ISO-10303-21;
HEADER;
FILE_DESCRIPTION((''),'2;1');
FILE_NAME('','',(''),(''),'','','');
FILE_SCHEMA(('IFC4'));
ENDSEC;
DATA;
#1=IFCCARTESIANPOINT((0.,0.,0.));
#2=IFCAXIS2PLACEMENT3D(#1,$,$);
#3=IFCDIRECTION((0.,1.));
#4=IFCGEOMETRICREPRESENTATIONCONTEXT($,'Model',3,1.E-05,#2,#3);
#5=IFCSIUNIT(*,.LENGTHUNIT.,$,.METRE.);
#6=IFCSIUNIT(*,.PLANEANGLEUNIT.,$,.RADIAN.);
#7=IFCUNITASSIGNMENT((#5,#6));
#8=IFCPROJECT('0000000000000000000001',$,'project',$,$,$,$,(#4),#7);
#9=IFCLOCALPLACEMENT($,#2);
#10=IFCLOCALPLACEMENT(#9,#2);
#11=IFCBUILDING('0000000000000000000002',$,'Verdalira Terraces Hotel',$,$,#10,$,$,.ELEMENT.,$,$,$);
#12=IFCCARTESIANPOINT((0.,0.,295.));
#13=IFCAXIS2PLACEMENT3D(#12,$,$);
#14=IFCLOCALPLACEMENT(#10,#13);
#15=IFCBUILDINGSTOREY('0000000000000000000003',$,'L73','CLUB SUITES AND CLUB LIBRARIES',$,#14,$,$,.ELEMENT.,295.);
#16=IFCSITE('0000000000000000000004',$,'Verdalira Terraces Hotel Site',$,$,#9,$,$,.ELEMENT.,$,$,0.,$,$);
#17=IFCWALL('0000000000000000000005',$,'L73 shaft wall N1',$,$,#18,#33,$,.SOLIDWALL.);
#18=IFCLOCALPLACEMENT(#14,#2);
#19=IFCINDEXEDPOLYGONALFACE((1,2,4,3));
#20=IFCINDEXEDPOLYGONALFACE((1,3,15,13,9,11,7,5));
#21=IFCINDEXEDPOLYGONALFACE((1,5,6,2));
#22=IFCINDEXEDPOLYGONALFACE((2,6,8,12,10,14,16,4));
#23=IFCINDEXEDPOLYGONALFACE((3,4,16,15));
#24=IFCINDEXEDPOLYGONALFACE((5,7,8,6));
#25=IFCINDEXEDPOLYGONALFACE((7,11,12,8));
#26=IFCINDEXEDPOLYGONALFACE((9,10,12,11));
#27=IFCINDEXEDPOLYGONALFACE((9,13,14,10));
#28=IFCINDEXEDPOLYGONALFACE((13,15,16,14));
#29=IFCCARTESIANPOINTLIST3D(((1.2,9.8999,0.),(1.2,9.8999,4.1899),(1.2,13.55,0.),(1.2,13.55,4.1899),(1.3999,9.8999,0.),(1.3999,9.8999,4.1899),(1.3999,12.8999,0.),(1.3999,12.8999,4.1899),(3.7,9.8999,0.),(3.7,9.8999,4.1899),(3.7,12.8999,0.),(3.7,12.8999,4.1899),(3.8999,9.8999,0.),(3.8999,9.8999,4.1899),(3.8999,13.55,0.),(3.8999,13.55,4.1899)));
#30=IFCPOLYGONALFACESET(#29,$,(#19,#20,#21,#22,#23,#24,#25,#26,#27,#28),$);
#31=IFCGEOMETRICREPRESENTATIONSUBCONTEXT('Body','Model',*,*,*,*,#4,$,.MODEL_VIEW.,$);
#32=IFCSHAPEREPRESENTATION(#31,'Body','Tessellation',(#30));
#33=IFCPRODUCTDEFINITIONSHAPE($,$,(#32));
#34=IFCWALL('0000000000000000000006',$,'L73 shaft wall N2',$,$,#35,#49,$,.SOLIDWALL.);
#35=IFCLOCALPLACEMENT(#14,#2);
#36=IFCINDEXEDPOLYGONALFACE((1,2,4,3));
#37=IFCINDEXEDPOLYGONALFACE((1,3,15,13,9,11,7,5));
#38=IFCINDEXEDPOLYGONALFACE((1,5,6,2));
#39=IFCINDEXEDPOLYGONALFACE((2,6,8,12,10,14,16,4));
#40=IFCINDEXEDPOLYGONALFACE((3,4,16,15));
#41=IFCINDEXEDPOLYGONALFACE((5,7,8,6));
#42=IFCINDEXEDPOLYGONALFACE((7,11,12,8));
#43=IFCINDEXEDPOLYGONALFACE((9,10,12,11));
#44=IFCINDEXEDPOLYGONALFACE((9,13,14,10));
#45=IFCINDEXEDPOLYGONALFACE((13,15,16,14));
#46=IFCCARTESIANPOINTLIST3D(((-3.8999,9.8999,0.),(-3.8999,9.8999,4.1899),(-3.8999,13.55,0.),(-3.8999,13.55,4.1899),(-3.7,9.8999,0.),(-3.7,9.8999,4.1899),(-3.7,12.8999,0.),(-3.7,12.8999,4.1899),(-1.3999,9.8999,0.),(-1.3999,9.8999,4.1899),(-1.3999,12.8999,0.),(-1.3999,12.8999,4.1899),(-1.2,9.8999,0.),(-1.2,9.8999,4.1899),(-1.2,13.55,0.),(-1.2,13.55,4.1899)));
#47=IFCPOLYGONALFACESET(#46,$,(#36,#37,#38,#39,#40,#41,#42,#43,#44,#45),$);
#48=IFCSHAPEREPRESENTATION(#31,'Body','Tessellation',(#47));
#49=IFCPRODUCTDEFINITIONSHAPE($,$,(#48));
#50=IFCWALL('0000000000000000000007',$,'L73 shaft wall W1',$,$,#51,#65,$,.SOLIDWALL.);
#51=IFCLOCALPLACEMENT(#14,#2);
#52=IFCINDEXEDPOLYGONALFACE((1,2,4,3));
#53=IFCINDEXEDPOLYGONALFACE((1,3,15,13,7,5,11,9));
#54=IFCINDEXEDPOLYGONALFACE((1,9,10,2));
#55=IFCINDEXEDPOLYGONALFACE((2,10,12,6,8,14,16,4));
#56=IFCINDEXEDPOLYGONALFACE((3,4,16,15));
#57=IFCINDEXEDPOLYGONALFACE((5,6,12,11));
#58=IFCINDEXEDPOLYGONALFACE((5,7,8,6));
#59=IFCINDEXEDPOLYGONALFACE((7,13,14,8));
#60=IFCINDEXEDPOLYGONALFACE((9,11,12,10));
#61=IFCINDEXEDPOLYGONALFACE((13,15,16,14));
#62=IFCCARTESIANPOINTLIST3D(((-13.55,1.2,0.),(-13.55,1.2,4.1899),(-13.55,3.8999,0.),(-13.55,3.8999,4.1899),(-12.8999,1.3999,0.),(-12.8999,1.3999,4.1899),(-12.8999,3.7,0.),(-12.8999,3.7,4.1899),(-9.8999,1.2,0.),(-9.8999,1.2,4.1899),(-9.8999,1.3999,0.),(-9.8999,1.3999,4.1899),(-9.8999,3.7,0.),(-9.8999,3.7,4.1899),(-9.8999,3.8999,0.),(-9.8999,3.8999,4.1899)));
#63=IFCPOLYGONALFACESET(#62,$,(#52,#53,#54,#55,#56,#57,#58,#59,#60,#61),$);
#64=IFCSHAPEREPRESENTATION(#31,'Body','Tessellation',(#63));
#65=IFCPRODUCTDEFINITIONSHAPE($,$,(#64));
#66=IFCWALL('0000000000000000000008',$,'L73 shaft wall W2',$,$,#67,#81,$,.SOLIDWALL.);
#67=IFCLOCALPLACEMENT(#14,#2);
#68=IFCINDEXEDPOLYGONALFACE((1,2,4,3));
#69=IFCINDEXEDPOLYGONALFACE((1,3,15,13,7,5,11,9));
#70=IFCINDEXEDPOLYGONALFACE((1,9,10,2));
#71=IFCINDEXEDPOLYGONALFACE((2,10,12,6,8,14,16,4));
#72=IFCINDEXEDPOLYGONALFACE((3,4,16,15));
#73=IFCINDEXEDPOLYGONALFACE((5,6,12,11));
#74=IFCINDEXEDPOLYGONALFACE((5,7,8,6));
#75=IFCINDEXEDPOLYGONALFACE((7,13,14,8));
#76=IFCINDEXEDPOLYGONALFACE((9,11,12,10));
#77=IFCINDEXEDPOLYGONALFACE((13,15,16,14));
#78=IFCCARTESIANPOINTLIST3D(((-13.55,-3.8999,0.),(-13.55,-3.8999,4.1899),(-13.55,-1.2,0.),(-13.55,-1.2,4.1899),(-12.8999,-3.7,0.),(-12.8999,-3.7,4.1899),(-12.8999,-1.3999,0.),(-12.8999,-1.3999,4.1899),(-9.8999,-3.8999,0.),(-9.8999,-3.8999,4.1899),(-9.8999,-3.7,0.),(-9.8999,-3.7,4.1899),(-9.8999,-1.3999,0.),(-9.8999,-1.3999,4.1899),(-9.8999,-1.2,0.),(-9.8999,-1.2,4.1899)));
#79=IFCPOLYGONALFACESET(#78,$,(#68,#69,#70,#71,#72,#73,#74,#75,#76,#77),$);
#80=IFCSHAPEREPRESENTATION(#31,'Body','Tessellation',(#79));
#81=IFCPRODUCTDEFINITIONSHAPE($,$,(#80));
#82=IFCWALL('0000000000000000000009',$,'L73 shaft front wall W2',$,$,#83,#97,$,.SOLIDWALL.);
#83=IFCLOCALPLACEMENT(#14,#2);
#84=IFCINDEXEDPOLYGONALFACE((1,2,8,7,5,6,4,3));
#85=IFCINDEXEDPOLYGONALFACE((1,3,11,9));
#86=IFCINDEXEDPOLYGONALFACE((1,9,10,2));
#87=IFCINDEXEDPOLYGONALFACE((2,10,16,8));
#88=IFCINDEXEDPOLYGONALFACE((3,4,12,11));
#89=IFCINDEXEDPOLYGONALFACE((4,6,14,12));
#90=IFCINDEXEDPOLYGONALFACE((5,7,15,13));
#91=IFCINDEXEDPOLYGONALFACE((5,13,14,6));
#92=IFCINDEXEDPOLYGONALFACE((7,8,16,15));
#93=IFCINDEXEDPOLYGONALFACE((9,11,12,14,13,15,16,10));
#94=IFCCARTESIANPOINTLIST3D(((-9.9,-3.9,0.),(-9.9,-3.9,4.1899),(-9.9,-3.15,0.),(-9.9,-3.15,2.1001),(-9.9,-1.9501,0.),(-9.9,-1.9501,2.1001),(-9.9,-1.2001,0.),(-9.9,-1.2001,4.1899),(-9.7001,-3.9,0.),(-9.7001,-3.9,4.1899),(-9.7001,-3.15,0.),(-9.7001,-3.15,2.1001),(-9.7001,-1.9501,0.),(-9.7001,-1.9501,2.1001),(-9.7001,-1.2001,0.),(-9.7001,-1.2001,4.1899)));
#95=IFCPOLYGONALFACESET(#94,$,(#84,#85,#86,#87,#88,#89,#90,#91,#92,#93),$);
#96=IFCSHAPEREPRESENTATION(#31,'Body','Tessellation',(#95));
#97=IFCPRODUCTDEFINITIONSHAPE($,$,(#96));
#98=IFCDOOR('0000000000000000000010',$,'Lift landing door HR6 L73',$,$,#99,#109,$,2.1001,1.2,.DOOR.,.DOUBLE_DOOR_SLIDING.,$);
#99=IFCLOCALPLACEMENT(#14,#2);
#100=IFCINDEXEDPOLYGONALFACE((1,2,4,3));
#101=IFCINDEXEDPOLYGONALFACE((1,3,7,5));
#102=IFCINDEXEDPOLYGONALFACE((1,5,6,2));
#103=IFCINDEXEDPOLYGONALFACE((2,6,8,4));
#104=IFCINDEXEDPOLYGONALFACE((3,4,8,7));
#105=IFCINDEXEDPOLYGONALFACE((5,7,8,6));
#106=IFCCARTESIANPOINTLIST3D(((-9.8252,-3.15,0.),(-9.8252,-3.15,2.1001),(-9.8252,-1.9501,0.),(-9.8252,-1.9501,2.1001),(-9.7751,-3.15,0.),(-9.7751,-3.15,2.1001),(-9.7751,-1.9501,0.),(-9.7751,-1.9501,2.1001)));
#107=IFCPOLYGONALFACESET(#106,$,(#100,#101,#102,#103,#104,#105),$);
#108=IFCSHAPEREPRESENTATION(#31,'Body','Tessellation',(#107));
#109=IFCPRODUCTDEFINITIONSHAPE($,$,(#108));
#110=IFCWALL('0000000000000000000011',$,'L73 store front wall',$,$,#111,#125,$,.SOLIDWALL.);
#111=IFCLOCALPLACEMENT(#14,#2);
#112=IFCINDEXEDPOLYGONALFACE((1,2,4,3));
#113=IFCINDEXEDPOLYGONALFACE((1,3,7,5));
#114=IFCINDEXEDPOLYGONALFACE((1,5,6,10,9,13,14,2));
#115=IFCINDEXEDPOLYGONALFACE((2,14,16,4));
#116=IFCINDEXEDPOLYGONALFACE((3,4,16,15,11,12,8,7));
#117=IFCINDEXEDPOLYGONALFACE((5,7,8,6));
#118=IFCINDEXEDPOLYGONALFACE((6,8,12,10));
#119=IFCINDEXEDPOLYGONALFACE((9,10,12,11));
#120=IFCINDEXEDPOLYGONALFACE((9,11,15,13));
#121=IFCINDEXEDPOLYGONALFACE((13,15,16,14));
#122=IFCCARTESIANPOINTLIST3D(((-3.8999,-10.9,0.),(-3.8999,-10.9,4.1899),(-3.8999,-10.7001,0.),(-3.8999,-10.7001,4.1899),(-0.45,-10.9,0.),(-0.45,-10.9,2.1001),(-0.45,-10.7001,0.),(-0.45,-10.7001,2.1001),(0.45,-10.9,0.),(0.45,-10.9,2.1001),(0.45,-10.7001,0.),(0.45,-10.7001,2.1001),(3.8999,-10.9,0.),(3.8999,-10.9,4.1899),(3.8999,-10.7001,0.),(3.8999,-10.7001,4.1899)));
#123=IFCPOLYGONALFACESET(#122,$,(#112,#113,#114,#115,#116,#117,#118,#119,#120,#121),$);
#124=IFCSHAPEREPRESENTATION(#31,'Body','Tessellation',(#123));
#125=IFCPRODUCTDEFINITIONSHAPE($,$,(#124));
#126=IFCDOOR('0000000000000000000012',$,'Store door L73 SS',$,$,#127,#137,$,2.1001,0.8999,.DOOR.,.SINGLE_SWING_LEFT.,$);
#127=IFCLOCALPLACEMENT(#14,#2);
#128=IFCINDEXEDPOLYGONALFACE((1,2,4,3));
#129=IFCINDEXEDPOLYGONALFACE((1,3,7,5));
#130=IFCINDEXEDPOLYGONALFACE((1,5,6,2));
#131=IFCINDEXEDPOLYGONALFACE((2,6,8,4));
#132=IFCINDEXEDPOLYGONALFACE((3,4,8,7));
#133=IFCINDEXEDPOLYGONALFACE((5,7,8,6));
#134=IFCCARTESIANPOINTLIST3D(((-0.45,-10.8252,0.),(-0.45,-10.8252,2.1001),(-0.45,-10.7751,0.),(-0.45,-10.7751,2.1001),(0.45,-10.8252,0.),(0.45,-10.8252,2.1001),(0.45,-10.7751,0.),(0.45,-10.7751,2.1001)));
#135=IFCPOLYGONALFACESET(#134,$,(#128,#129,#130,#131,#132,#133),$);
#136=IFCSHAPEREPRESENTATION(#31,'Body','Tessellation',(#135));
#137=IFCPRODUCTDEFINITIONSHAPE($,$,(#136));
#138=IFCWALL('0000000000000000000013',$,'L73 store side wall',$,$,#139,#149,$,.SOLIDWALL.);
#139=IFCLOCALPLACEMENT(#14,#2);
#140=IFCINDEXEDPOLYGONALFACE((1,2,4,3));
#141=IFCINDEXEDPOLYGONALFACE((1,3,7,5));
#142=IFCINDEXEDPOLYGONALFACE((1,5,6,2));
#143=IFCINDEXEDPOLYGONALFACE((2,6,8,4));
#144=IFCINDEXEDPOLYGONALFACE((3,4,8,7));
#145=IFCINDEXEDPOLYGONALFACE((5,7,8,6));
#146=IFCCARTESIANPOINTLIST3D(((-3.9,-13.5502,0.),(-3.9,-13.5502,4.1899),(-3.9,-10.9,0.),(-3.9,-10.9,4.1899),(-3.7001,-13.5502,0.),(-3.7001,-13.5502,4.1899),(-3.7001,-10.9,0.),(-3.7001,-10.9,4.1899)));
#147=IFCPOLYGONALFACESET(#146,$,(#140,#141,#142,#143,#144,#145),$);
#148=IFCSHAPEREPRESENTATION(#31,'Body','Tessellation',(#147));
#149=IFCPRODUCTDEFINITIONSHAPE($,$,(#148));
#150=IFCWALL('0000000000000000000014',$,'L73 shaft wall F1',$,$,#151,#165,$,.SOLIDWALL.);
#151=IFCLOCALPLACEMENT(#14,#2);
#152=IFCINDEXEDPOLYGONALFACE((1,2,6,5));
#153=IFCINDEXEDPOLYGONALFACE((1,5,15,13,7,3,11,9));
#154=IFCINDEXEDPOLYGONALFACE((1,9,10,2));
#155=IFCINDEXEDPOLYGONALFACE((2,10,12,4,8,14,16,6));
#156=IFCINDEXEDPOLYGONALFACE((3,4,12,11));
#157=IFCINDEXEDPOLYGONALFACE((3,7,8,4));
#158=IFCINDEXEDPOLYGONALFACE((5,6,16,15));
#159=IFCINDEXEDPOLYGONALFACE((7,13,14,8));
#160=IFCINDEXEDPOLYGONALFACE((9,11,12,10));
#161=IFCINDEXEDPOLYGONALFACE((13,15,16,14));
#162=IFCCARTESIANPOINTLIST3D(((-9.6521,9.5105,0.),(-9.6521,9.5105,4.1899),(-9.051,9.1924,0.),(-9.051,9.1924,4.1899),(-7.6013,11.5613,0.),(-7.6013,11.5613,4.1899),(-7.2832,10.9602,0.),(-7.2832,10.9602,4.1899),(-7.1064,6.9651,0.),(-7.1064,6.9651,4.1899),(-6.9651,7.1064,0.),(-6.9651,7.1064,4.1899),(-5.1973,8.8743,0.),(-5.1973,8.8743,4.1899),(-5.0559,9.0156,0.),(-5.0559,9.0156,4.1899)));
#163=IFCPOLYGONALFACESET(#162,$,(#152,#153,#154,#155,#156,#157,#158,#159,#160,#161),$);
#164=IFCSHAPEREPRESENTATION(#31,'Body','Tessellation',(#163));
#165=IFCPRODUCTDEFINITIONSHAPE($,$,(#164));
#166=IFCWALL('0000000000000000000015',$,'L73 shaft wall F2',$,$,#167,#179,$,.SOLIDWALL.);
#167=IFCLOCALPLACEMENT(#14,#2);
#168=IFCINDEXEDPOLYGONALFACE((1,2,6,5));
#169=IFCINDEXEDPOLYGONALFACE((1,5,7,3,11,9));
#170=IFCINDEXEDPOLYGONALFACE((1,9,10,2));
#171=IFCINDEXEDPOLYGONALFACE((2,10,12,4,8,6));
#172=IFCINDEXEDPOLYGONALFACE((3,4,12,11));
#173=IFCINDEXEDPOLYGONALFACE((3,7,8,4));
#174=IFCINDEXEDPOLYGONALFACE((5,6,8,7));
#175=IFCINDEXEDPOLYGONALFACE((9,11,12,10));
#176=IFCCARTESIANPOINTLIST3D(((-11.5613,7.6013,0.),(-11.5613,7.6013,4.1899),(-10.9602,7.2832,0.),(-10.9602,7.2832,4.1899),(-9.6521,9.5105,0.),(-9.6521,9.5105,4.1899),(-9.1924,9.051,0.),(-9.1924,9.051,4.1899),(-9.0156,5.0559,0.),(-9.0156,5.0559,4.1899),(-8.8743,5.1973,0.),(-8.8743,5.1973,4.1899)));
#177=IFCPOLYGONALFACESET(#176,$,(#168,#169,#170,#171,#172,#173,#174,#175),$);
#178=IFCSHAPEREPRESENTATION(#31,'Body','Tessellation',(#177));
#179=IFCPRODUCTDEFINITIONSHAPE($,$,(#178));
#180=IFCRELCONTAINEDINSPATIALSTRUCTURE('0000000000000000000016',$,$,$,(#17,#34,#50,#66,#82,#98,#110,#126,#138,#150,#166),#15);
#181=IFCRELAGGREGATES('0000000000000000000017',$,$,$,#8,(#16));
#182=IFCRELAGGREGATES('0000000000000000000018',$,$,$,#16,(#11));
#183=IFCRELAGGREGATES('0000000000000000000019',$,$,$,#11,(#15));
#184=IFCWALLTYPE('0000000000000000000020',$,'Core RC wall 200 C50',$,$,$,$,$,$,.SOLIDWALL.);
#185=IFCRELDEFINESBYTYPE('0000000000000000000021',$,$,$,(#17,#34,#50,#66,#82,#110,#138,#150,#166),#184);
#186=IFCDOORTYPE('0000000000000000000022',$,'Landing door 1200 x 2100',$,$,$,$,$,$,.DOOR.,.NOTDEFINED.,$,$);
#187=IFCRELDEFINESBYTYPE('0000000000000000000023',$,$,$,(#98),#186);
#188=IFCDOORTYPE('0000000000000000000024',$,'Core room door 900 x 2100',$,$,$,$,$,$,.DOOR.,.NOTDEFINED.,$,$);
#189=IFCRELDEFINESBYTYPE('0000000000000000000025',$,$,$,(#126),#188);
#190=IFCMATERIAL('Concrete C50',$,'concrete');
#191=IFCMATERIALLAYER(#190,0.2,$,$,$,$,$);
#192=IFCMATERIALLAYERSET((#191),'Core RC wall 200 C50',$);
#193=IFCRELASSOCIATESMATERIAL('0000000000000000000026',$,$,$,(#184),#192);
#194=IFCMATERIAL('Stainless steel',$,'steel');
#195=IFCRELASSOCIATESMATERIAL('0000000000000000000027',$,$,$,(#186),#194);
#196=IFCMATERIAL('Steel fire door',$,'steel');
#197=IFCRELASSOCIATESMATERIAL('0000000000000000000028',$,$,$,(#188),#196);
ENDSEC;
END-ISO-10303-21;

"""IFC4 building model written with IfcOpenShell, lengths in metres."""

from ifc_helpers import new_model, si_unit, direction, frame, frame_2d, origin, place, context, subcontext, project, spatial, polyline, rectangle, outline, extrude, material, layer, layer_set, type_object, element, fill, save


model = new_model("IFC4")

# Units and contexts
model_context = context("Model", 3, precision=1e-05, world=origin(), true_north=direction((0.0, 1.0)))
body_context = subcontext(model_context, "Body", "Model", "MODEL_VIEW")
ifc_project = project(units=[si_unit("LENGTHUNIT", "METRE"), si_unit("PLANEANGLEUNIT", "RADIAN")], contexts=[model_context])

# Site, building, storey
site_placement = place(None, origin())
site = spatial("IfcSite", under=ifc_project, at=site_placement, Name="Verdalira Terraces Hotel Site", CompositionType="ELEMENT", RefElevation=0.0)
building_placement = place(site_placement, origin())
building = spatial("IfcBuilding", under=site, at=building_placement, Name="Verdalira Terraces Hotel", CompositionType="ELEMENT")
storey_placement = place(building_placement, frame((0.0, 0.0, 295.0)))
storey = spatial("IfcBuildingStorey", under=building, at=storey_placement, Name="L73", Description="CLUB SUITES AND CLUB LIBRARIES", CompositionType="ELEMENT", Elevation=295.0)

# Walls
ifc_material_1 = material(Name="Concrete C50", Category="concrete")
ifc_layer_1 = layer(ifc_material_1, 0.2)
ifc_layer_set_1 = layer_set([ifc_layer_1], Name="Core RC wall 200 C50")
wall_type_1 = type_object("IfcWallType", Name="Core RC wall 200 C50", PredefinedType="SOLIDWALL", material=ifc_layer_set_1)
wall_1_placement = place(storey_placement, origin())
element("IfcWall", 1, at=wall_1_placement, inside=storey, type_object=wall_type_1, Name="L73 shaft wall N1", PredefinedType="SOLIDWALL", context=body_context, shape_type="SweptSolid", body=[
    extrude(outline(polyline([(3.8999, 9.8999), (3.7, 9.8999), (3.7, 12.8999), (1.3999, 12.8999), (1.3999, 9.8999), (1.2, 9.8999), (1.2, 13.55), (3.8999, 13.55), (3.8999, 9.8999)])), origin(), (0.0, 0.0, 1.0), 4.1899),
])
wall_2_placement = place(storey_placement, origin())
element("IfcWall", 2, at=wall_2_placement, inside=storey, type_object=wall_type_1, Name="L73 shaft wall N2", PredefinedType="SOLIDWALL", context=body_context, shape_type="SweptSolid", body=[
    extrude(outline(polyline([(-3.8999, 13.55), (-1.2, 13.55), (-1.2, 9.8999), (-1.3999, 9.8999), (-1.3999, 12.8999), (-3.7, 12.8999), (-3.7, 9.8999), (-3.8999, 9.8999), (-3.8999, 13.55)])), origin(), (0.0, 0.0, 1.0), 4.1899),
])
wall_3_placement = place(storey_placement, origin())
element("IfcWall", 3, at=wall_3_placement, inside=storey, type_object=wall_type_1, Name="L73 shaft wall W1", PredefinedType="SOLIDWALL", context=body_context, shape_type="SweptSolid", body=[
    extrude(outline(polyline([(-13.55, 3.8999), (-9.8999, 3.8999), (-9.8999, 3.7), (-12.8999, 3.7), (-12.8999, 1.3999), (-9.8999, 1.3999), (-9.8999, 1.2), (-13.55, 1.2), (-13.55, 3.8999)])), origin(), (0.0, 0.0, 1.0), 4.1899),
])
wall_4_placement = place(storey_placement, origin())
element("IfcWall", 4, at=wall_4_placement, inside=storey, type_object=wall_type_1, Name="L73 shaft wall W2", PredefinedType="SOLIDWALL", context=body_context, shape_type="SweptSolid", body=[
    extrude(outline(polyline([(-13.55, -3.8999), (-13.55, -1.2), (-9.8999, -1.2), (-9.8999, -1.3999), (-12.8999, -1.3999), (-12.8999, -3.7), (-9.8999, -3.7), (-9.8999, -3.8999), (-13.55, -3.8999)])), origin(), (0.0, 0.0, 1.0), 4.1899),
])

# Walls, openings, doors
wall_5_placement = place(storey_placement, frame((-9.8, -1.2, 0.0), z_axis=(0.0, 0.0, 1.0), x_axis=(0.0, -1.0, 0.0)))
wall_5 = element("IfcWall", 5, at=wall_5_placement, inside=storey, type_object=wall_type_1, Name="L73 shaft front wall W2", PredefinedType="SOLIDWALL", context=body_context, shape_type="SweptSolid", body=[
    extrude(rectangle(XDim=2.7, YDim=0.2, at=frame_2d((1.3501, 0.0))), origin(), (0.0, 0.0, 1.0), 4.1899),
])
opening_1_placement = place(wall_5_placement, frame((0.75, 0.0, 0.0)))
opening_1 = element("IfcOpeningElement", 6, at=opening_1_placement, cuts=wall_5, PredefinedType="OPENING", context=body_context, shape_type="SweptSolid", body=[
    extrude(rectangle(XDim=1.2, YDim=2.1001, at=frame_2d((0.6001, 1.05))), frame((0.0, 0.1099, 0.0), z_axis=(0.0, -1.0, 0.0), x_axis=(1.0, 0.0, 0.0)), (0.0, 0.0, 1.0), 0.22),
])
ifc_material_2 = material(Name="Stainless steel", Category="steel")
door_type_1 = type_object("IfcDoorType", Name="Landing door 1200 x 2100", OperationType="NOTDEFINED", PredefinedType="DOOR", material=ifc_material_2)
door_1_placement = place(opening_1_placement, origin())
door_1 = element("IfcDoor", 7, at=door_1_placement, inside=storey, type_object=door_type_1, Name="Lift landing door HR6 L73", OperationType="DOUBLE_DOOR_SLIDING", OverallHeight=2.1001, OverallWidth=1.2, PredefinedType="DOOR", context=body_context, shape_type="SweptSolid", body=[
    extrude(rectangle(XDim=1.2, YDim=2.1001, at=frame_2d((0.6001, 1.05))), frame((0.0, 0.0249, 0.0), z_axis=(0.0, -1.0, 0.0), x_axis=(1.0, 0.0, 0.0)), (0.0, 0.0, 1.0), 0.05),
])
fill(opening_1, door_1)
wall_6_placement = place(storey_placement, frame((-3.8999, -10.8, 0.0), z_axis=(0.0, 0.0, 1.0), x_axis=(1.0, 0.0, 0.0)))
wall_6 = element("IfcWall", 8, at=wall_6_placement, inside=storey, type_object=wall_type_1, Name="L73 store front wall", PredefinedType="SOLIDWALL", context=body_context, shape_type="SweptSolid", body=[
    extrude(rectangle(XDim=7.7998, YDim=0.2, at=frame_2d((3.8999, 0.0))), origin(), (0.0, 0.0, 1.0), 4.1899),
])
opening_2_placement = place(wall_6_placement, frame((3.45, 0.0, 0.0)))
opening_2 = element("IfcOpeningElement", 9, at=opening_2_placement, cuts=wall_6, PredefinedType="OPENING", context=body_context, shape_type="SweptSolid", body=[
    extrude(rectangle(XDim=0.8999, YDim=2.1001, at=frame_2d((0.45, 1.05))), frame((0.0, 0.1099, 0.0), z_axis=(0.0, -1.0, 0.0), x_axis=(1.0, 0.0, 0.0)), (0.0, 0.0, 1.0), 0.22),
])
ifc_material_3 = material(Name="Steel fire door", Category="steel")
door_type_2 = type_object("IfcDoorType", Name="Core room door 900 x 2100", OperationType="NOTDEFINED", PredefinedType="DOOR", material=ifc_material_3)
door_2_placement = place(opening_2_placement, origin())
door_2 = element("IfcDoor", 10, at=door_2_placement, inside=storey, type_object=door_type_2, Name="Store door L73 SS", OperationType="SINGLE_SWING_LEFT", OverallHeight=2.1001, OverallWidth=0.8999, PredefinedType="DOOR", context=body_context, shape_type="SweptSolid", body=[
    extrude(rectangle(XDim=0.8999, YDim=2.1001, at=frame_2d((0.45, 1.05))), frame((0.0, 0.0249, 0.0), z_axis=(0.0, -1.0, 0.0), x_axis=(1.0, 0.0, 0.0)), (0.0, 0.0, 1.0), 0.05),
])
fill(opening_2, door_2)

# Walls
wall_7_placement = place(storey_placement, frame((-3.8, -10.8999, 0.0), z_axis=(0.0, 0.0, 1.0), x_axis=(0.0, -1.0, 0.0)))
element("IfcWall", 11, at=wall_7_placement, inside=storey, type_object=wall_type_1, Name="L73 store side wall", PredefinedType="SOLIDWALL", context=body_context, shape_type="SweptSolid", body=[
    extrude(rectangle(XDim=2.6501, YDim=0.2, at=frame_2d((1.3252, 0.0))), origin(), (0.0, 0.0, 1.0), 4.1899),
])
wall_8_placement = place(storey_placement, origin())
element("IfcWall", 12, at=wall_8_placement, inside=storey, type_object=wall_type_1, Name="L73 shaft wall F1", PredefinedType="SOLIDWALL", context=body_context, shape_type="SweptSolid", body=[
    extrude(outline(polyline([(-9.6521, 9.5105), (-7.6013, 11.5613), (-5.0559, 9.0156), (-5.1973, 8.8743), (-7.2832, 10.9602), (-9.051, 9.1924), (-6.9651, 7.1064), (-7.1064, 6.9651), (-9.6521, 9.5105)])), origin(), (0.0, 0.0, 1.0), 4.1899),
])
wall_9_placement = place(storey_placement, origin())
element("IfcWall", 13, at=wall_9_placement, inside=storey, type_object=wall_type_1, Name="L73 shaft wall F2", PredefinedType="SOLIDWALL", context=body_context, shape_type="SweptSolid", body=[
    extrude(outline(polyline([(-11.5613, 7.6013), (-9.6521, 9.5105), (-9.1924, 9.051), (-10.9602, 7.2832), (-8.8743, 5.1973), (-9.0156, 5.0559), (-11.5613, 7.6013)])), origin(), (0.0, 0.0, 1.0), 4.1899),
])

save(model, "model.ifc")
